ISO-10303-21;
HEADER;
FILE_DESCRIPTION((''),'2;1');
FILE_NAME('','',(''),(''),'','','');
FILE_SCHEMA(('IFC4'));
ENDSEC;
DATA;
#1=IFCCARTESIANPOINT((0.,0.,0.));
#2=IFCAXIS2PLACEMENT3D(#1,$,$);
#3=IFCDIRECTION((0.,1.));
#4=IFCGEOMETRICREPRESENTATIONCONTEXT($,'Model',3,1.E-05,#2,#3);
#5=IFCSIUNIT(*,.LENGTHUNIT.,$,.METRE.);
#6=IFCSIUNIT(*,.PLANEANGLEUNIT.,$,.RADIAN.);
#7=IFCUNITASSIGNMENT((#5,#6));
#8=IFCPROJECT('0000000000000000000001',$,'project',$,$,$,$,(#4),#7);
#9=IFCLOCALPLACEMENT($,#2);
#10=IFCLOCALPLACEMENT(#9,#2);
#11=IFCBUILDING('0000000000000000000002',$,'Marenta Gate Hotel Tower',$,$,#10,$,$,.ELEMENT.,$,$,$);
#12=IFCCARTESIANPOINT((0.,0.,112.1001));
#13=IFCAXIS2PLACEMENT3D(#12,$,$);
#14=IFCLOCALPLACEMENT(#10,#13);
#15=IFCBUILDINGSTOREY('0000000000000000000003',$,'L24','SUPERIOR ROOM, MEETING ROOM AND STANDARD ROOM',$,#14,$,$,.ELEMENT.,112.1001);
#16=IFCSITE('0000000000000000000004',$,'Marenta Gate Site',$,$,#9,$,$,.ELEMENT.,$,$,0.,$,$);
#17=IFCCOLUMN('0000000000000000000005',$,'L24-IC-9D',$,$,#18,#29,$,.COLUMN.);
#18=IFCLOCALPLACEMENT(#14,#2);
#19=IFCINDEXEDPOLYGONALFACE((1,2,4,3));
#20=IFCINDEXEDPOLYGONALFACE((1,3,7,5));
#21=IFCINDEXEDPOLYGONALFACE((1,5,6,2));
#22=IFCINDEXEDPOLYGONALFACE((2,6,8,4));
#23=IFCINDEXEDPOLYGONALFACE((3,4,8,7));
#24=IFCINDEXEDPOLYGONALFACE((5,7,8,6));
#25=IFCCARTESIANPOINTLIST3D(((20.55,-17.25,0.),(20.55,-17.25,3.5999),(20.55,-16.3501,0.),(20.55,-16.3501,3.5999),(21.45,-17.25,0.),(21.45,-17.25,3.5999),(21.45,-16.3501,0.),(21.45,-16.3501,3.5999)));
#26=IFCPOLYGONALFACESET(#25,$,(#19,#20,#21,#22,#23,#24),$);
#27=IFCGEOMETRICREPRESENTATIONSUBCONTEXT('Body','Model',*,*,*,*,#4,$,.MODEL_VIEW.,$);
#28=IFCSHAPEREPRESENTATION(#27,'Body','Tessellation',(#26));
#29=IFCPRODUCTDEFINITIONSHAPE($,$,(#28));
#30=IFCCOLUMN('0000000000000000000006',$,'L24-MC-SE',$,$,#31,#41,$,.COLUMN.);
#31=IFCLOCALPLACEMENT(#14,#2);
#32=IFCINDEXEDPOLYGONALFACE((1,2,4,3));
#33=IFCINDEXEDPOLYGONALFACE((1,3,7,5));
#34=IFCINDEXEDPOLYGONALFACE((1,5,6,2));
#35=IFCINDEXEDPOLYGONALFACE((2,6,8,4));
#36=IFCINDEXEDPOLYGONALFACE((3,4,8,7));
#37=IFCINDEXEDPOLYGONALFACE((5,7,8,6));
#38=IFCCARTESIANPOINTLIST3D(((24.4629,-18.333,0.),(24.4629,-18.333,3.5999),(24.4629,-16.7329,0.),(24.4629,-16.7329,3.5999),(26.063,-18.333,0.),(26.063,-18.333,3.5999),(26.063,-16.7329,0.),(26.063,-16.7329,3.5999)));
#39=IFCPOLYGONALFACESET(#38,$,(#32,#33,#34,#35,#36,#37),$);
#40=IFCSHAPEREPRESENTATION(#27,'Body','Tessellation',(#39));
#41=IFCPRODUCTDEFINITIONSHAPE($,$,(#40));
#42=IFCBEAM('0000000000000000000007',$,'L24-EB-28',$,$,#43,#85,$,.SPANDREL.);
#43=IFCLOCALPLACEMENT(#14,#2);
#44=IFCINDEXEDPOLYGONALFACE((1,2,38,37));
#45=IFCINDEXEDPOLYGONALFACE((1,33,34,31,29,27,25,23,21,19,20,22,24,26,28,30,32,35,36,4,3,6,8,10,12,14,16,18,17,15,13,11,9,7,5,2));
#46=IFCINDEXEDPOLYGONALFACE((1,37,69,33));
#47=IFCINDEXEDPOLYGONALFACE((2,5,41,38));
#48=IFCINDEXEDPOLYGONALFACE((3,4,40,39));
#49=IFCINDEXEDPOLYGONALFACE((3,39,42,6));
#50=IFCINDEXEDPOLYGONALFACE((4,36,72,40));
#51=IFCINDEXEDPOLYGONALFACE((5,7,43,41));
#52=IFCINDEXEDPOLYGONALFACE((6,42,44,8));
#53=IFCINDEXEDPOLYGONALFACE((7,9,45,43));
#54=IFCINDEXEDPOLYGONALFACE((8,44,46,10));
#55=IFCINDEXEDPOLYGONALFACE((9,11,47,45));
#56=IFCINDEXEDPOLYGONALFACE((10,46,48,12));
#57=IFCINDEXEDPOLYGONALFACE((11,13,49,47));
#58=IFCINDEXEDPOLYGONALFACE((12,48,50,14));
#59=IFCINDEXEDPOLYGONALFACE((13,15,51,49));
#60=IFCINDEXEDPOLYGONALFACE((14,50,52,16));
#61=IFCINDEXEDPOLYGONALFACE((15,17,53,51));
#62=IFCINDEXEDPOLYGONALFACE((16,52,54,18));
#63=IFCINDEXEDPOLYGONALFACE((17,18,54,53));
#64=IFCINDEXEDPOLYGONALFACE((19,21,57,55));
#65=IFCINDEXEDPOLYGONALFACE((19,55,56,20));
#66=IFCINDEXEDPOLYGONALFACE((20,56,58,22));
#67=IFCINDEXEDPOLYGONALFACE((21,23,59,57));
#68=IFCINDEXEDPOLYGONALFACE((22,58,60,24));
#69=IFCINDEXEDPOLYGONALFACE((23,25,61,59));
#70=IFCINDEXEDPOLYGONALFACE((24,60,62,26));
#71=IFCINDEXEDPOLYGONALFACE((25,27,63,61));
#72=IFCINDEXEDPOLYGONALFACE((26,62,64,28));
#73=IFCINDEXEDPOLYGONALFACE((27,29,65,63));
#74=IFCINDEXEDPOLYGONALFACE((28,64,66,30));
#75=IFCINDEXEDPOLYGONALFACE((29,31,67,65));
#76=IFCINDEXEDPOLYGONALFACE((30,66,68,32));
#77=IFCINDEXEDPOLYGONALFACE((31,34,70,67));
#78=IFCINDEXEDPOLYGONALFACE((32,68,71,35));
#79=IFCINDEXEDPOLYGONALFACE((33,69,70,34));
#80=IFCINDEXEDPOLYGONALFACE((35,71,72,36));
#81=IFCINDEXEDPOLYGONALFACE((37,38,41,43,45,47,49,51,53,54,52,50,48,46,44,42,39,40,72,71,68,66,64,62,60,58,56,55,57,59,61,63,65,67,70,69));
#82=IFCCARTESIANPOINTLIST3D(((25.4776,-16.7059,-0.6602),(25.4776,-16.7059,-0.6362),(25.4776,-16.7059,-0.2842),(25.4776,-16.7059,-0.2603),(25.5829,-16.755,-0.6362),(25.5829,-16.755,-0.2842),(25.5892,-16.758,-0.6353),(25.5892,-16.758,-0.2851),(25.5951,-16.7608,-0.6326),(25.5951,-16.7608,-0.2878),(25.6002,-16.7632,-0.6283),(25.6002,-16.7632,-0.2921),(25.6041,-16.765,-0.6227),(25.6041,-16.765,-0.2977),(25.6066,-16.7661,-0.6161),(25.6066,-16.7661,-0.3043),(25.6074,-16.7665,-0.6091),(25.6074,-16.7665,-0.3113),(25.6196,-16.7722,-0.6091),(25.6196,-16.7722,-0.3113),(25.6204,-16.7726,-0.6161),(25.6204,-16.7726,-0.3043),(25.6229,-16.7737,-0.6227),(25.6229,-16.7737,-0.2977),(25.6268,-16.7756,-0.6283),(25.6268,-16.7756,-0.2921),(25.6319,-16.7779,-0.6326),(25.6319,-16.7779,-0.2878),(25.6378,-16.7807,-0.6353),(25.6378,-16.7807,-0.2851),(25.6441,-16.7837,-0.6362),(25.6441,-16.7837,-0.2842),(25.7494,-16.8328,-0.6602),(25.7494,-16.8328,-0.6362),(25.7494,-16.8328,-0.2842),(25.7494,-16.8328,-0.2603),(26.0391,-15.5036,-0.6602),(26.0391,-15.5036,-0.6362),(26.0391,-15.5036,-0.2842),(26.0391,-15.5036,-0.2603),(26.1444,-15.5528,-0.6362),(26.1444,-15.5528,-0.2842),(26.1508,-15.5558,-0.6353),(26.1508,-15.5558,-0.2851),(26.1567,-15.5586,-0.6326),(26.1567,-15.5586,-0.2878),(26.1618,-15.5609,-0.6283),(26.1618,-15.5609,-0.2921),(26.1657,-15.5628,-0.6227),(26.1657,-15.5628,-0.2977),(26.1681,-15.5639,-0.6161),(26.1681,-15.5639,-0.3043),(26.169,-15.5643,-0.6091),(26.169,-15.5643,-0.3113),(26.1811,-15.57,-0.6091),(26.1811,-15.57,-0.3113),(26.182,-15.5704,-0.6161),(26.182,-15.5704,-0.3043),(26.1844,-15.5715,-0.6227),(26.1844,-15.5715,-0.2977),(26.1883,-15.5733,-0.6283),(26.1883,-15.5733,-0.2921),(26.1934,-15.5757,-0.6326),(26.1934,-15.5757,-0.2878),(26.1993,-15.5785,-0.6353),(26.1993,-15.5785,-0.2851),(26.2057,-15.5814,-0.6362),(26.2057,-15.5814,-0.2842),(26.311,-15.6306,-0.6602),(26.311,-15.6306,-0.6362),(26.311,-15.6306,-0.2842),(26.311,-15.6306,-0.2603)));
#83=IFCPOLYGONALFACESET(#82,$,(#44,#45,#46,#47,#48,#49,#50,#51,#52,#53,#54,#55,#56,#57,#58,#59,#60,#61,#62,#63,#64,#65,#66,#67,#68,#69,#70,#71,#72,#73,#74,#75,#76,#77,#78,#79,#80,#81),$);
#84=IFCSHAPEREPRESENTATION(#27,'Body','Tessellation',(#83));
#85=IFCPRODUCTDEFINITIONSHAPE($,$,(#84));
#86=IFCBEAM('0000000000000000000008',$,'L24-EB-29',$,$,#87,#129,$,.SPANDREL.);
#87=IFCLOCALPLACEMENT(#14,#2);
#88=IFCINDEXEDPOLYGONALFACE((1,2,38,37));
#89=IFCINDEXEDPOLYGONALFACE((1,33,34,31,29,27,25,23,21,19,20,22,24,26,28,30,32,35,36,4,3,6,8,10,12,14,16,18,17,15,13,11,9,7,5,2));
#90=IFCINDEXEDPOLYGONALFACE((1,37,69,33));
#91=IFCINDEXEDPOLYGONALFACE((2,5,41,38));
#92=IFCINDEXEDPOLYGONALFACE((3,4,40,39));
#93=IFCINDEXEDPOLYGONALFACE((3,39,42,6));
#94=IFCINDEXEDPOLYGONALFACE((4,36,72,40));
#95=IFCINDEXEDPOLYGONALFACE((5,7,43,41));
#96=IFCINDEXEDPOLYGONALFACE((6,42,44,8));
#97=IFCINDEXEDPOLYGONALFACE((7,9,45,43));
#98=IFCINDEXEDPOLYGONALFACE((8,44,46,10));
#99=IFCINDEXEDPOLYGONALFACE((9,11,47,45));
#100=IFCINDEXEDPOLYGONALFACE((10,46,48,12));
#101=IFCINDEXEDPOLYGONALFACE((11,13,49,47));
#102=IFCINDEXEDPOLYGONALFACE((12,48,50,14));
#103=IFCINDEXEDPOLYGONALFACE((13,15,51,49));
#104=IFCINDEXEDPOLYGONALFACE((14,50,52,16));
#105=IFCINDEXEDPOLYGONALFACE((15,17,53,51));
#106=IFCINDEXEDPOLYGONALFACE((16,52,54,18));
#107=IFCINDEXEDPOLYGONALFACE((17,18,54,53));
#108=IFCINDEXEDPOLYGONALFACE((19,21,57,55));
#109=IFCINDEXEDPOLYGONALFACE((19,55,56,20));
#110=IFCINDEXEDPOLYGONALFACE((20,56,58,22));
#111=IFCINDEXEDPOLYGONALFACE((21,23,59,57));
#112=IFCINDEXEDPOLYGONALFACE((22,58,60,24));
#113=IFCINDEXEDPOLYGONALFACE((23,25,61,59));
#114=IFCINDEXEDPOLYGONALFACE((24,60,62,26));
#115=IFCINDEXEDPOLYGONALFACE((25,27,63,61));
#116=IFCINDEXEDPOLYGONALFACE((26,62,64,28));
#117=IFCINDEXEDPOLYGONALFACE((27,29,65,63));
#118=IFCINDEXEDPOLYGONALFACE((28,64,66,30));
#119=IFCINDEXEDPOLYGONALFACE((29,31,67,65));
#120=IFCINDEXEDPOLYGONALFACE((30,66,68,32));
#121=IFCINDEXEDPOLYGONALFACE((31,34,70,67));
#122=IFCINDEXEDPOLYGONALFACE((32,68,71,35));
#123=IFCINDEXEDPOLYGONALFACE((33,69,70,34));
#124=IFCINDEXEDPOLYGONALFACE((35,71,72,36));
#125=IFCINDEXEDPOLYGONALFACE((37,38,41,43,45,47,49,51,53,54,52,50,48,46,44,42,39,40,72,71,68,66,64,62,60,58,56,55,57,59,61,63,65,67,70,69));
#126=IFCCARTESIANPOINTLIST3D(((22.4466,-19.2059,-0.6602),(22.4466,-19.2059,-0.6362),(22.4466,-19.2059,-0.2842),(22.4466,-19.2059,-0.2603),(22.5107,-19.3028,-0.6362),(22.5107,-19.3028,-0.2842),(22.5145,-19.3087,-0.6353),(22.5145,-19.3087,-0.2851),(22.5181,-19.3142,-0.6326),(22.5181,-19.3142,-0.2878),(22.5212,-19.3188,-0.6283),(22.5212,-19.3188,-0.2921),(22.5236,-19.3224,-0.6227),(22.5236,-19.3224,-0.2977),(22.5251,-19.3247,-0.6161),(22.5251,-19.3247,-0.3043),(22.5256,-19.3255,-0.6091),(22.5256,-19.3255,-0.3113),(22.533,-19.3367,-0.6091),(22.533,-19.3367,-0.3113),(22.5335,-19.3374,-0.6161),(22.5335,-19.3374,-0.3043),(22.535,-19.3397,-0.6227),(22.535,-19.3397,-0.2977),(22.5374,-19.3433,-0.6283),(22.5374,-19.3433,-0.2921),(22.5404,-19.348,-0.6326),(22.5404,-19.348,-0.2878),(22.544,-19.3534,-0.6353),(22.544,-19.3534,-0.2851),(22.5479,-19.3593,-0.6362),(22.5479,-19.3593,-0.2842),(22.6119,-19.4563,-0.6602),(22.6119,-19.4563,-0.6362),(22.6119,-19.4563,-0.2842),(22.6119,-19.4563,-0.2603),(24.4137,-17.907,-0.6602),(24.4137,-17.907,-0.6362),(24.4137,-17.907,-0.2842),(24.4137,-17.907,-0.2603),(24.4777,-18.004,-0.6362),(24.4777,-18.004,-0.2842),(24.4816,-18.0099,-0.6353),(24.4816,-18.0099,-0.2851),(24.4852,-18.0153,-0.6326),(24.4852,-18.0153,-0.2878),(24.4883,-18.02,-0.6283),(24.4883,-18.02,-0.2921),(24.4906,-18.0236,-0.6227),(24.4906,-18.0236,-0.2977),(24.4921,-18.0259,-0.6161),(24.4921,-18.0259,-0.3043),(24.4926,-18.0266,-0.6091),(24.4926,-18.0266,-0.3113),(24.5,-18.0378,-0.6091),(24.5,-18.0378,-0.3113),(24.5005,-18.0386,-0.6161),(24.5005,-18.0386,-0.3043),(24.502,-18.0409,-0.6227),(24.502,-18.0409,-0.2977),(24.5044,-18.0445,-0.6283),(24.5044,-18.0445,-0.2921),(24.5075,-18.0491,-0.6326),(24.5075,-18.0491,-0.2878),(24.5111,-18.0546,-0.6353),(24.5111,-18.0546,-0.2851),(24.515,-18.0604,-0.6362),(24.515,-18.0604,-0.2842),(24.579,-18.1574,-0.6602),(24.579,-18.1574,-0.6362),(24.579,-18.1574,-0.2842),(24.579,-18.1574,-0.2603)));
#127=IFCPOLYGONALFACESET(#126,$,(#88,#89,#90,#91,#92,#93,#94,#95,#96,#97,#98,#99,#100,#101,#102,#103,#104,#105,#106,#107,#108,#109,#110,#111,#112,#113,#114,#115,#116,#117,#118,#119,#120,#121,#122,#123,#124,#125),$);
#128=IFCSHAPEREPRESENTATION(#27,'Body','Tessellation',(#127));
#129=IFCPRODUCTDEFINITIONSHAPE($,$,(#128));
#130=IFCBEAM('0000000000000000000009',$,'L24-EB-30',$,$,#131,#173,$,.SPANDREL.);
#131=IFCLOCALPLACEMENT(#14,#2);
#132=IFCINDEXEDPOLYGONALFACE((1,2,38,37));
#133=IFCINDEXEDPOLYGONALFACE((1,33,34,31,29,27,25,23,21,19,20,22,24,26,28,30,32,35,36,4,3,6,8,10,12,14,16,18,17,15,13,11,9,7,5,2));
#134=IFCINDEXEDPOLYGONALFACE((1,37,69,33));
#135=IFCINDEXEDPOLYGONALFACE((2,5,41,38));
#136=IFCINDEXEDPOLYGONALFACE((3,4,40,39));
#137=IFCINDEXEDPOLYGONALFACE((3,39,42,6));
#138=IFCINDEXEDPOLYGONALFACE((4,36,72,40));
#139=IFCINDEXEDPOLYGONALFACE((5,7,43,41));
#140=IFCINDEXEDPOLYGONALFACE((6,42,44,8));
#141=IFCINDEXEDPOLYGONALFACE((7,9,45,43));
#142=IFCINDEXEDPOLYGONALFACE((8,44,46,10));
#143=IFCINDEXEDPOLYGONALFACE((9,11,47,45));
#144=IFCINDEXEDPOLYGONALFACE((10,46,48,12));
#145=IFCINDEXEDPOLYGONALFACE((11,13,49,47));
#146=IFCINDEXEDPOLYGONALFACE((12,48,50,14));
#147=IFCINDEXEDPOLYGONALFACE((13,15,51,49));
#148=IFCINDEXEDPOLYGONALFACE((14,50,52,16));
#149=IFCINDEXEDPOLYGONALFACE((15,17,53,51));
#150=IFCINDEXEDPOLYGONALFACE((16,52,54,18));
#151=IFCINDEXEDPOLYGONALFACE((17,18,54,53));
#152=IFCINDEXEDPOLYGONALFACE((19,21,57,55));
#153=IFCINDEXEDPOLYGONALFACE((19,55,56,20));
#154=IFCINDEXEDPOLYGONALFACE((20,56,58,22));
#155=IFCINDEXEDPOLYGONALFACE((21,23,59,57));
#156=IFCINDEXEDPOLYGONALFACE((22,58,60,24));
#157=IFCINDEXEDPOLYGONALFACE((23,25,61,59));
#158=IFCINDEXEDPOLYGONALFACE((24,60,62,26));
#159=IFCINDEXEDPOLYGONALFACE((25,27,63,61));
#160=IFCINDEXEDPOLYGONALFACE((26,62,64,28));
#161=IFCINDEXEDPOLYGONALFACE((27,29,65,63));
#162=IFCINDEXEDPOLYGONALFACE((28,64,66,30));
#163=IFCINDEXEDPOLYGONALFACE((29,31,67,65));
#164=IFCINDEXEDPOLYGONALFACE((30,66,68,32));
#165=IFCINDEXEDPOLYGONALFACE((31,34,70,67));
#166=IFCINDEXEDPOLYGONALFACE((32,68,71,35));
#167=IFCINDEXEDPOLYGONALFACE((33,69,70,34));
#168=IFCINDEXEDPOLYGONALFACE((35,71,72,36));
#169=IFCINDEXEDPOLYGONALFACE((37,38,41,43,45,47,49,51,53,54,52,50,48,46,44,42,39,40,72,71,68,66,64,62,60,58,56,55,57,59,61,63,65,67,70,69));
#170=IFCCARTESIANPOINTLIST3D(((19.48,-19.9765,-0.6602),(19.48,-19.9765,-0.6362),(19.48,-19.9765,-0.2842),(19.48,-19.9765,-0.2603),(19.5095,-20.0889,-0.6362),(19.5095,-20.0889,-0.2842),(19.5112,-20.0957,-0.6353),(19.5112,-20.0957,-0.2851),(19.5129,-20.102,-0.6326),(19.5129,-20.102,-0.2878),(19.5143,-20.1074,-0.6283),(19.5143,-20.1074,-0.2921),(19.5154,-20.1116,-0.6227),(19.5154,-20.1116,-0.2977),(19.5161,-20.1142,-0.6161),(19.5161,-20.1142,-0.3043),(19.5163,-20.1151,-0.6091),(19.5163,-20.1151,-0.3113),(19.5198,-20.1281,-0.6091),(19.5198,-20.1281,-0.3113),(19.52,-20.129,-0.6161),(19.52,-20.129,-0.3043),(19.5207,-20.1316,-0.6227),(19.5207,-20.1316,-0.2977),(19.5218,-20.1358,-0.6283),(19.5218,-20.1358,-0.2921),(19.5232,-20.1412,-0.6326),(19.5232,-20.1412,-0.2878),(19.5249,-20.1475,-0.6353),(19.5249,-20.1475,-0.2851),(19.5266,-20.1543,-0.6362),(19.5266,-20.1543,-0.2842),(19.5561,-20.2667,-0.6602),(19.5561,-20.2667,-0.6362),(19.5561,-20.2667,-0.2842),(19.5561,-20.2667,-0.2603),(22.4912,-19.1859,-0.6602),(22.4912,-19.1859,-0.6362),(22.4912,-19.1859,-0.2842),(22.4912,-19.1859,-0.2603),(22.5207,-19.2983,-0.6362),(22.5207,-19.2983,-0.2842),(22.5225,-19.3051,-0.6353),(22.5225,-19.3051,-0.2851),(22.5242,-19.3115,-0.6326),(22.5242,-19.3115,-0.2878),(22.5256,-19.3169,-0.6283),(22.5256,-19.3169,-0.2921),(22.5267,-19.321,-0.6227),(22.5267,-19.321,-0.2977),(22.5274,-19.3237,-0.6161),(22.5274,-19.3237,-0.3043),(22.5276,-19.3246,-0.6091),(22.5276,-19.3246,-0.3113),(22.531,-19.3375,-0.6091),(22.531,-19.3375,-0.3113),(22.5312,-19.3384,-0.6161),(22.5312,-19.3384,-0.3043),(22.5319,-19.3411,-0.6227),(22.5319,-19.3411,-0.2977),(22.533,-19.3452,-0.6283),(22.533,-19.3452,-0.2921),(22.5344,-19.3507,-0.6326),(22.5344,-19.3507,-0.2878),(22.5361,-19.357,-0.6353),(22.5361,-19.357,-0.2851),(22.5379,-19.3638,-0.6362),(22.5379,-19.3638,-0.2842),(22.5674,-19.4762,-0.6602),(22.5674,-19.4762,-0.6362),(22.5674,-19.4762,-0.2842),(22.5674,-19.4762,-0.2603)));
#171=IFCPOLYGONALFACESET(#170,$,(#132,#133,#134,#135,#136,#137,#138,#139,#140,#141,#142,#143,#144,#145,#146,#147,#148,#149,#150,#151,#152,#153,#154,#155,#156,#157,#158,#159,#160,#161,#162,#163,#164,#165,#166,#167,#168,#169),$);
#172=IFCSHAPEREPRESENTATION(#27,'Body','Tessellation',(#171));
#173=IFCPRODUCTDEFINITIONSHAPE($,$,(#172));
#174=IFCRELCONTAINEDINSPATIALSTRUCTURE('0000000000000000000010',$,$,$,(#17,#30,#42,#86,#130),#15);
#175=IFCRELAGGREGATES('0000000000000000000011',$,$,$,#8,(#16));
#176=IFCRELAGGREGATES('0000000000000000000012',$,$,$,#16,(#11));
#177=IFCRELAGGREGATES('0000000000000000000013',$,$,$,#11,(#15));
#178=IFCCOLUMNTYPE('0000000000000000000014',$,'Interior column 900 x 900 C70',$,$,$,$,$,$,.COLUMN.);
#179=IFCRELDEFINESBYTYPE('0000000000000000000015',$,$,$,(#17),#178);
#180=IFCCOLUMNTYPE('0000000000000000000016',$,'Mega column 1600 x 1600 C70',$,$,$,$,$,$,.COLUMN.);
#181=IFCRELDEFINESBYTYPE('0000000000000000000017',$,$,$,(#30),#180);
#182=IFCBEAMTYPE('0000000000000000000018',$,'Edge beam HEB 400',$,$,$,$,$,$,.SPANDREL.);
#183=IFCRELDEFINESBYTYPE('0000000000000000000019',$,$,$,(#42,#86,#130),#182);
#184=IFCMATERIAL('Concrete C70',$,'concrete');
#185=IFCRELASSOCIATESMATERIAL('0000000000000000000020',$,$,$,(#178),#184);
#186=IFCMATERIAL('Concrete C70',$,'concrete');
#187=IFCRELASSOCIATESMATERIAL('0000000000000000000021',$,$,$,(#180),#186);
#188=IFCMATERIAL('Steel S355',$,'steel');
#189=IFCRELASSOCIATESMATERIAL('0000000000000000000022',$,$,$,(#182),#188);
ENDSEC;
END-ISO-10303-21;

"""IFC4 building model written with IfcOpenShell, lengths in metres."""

from ifc_helpers import new_model, si_unit, direction, frame, origin, origin_2d, place, context, subcontext, project, spatial, rectangle, i_section, extrude, material, material_profile, profile_set, type_object, element, save


model = new_model("IFC4")

# Units and contexts
model_context = context("Model", 3, precision=1e-05, world=origin(), true_north=direction((0.0, 1.0)))
body_context = subcontext(model_context, "Body", "Model", "MODEL_VIEW")
ifc_project = project(units=[si_unit("LENGTHUNIT", "METRE"), si_unit("PLANEANGLEUNIT", "RADIAN")], contexts=[model_context])

# Site, building, storey
site_placement = place(None, origin())
site = spatial("IfcSite", under=ifc_project, at=site_placement, Name="Marenta Gate Site", CompositionType="ELEMENT", RefElevation=0.0)
building_placement = place(site_placement, origin())
building = spatial("IfcBuilding", under=site, at=building_placement, Name="Marenta Gate Hotel Tower", CompositionType="ELEMENT")
storey_placement = place(building_placement, frame((0.0, 0.0, 112.1001)))
storey = spatial("IfcBuildingStorey", under=building, at=storey_placement, Name="L24", Description="SUPERIOR ROOM, MEETING ROOM AND STANDARD ROOM", CompositionType="ELEMENT", Elevation=112.1001)

# Columns
ifc_material_1 = material(Name="Concrete C70", Category="concrete")
ifc_material_profile_1 = material_profile(ifc_material_1, rectangle(XDim=0.8999, YDim=0.8999, at=origin_2d()), Name="900 x 900")
ifc_profile_set_1 = profile_set([ifc_material_profile_1], Name="Concrete C70")
column_type_1 = type_object("IfcColumnType", Name="Interior column 900 x 900 C70", PredefinedType="COLUMN", material=ifc_profile_set_1)
column_1_placement = place(storey_placement, frame((21.0, -16.8, 0.0), z_axis=(0.0, 0.0, 1.0), x_axis=(1.0, 0.0, 0.0)))
element("IfcColumn", 1, at=column_1_placement, inside=storey, type_object=column_type_1, Name="L24-IC-9D", PredefinedType="COLUMN", context=body_context, shape_type="SweptSolid", body=[
    extrude(rectangle(XDim=0.8999, YDim=0.8999, at=origin_2d()), origin(), (0.0, 0.0, 1.0), 3.5999),
])
ifc_material_2 = material(Name="Concrete C70", Category="concrete")
ifc_material_profile_2 = material_profile(ifc_material_2, rectangle(XDim=1.6001, YDim=1.6001, at=origin_2d()), Name="1600 x 1600")
ifc_profile_set_2 = profile_set([ifc_material_profile_2], Name="Concrete C70")
column_type_2 = type_object("IfcColumnType", Name="Mega column 1600 x 1600 C70", PredefinedType="COLUMN", material=ifc_profile_set_2)
column_2_placement = place(storey_placement, frame((25.2629, -17.533, 0.0), z_axis=(0.0, 0.0, 1.0), x_axis=(1.0, 0.0, 0.0)))
element("IfcColumn", 2, at=column_2_placement, inside=storey, type_object=column_type_2, Name="L24-MC-SE", PredefinedType="COLUMN", context=body_context, shape_type="SweptSolid", body=[
    extrude(rectangle(XDim=1.6001, YDim=1.6001, at=origin_2d()), origin(), (0.0, 0.0, 1.0), 3.5999),
])

# Beams
ifc_material_3 = material(Name="Steel S355", Category="steel")
ifc_material_profile_3 = material_profile(ifc_material_3, i_section(OverallWidth=0.3, OverallDepth=0.3999, WebThickness=0.0134, FlangeThickness=0.0239, FilletRadius=0.0271, at=origin_2d()), Name="HEB 400")
ifc_profile_set_3 = profile_set([ifc_material_profile_3], Name="Steel S355")
beam_type_1 = type_object("IfcBeamType", Name="Edge beam HEB 400", PredefinedType="SPANDREL", material=ifc_profile_set_3)
beam_1_placement = place(storey_placement, frame((26.175, -15.5671, -0.4602), z_axis=(-0.423208, -0.906033, 0.0), x_axis=(0.906033, -0.423208, 0.0)))
element("IfcBeam", 3, at=beam_1_placement, inside=storey, type_object=beam_type_1, Name="L24-EB-28", PredefinedType="SPANDREL", context=body_context, shape_type="SweptSolid", body=[
    extrude(i_section(OverallWidth=0.3, OverallDepth=0.3999, WebThickness=0.0134, FlangeThickness=0.0239, FilletRadius=0.0271, at=origin_2d()), origin(), (0.0, 0.0, 1.0), 1.3269),
])
beam_2_placement = place(storey_placement, frame((24.4963, -18.0322, -0.4602), z_axis=(-0.834496, -0.551014, 0.0), x_axis=(0.551014, -0.834496, 0.0)))
element("IfcBeam", 4, at=beam_2_placement, inside=storey, type_object=beam_type_1, Name="L24-EB-29", PredefinedType="SPANDREL", context=body_context, shape_type="SweptSolid", body=[
    extrude(i_section(OverallWidth=0.3, OverallDepth=0.3999, WebThickness=0.0134, FlangeThickness=0.0239, FilletRadius=0.0271, at=origin_2d()), origin(), (0.0, 0.0, 1.0), 2.3572),
])
beam_3_placement = place(storey_placement, frame((22.5293, -19.3311, -0.4602), z_axis=(-0.967225, -0.253922, 0.0), x_axis=(0.253922, -0.967225, 0.0)))
element("IfcBeam", 5, at=beam_3_placement, inside=storey, type_object=beam_type_1, Name="L24-EB-30", PredefinedType="SPANDREL", context=body_context, shape_type="SweptSolid", body=[
    extrude(i_section(OverallWidth=0.3, OverallDepth=0.3999, WebThickness=0.0134, FlangeThickness=0.0239, FilletRadius=0.0271, at=origin_2d()), origin(), (0.0, 0.0, 1.0), 3.1133),
])

save(model, "model.ifc")
